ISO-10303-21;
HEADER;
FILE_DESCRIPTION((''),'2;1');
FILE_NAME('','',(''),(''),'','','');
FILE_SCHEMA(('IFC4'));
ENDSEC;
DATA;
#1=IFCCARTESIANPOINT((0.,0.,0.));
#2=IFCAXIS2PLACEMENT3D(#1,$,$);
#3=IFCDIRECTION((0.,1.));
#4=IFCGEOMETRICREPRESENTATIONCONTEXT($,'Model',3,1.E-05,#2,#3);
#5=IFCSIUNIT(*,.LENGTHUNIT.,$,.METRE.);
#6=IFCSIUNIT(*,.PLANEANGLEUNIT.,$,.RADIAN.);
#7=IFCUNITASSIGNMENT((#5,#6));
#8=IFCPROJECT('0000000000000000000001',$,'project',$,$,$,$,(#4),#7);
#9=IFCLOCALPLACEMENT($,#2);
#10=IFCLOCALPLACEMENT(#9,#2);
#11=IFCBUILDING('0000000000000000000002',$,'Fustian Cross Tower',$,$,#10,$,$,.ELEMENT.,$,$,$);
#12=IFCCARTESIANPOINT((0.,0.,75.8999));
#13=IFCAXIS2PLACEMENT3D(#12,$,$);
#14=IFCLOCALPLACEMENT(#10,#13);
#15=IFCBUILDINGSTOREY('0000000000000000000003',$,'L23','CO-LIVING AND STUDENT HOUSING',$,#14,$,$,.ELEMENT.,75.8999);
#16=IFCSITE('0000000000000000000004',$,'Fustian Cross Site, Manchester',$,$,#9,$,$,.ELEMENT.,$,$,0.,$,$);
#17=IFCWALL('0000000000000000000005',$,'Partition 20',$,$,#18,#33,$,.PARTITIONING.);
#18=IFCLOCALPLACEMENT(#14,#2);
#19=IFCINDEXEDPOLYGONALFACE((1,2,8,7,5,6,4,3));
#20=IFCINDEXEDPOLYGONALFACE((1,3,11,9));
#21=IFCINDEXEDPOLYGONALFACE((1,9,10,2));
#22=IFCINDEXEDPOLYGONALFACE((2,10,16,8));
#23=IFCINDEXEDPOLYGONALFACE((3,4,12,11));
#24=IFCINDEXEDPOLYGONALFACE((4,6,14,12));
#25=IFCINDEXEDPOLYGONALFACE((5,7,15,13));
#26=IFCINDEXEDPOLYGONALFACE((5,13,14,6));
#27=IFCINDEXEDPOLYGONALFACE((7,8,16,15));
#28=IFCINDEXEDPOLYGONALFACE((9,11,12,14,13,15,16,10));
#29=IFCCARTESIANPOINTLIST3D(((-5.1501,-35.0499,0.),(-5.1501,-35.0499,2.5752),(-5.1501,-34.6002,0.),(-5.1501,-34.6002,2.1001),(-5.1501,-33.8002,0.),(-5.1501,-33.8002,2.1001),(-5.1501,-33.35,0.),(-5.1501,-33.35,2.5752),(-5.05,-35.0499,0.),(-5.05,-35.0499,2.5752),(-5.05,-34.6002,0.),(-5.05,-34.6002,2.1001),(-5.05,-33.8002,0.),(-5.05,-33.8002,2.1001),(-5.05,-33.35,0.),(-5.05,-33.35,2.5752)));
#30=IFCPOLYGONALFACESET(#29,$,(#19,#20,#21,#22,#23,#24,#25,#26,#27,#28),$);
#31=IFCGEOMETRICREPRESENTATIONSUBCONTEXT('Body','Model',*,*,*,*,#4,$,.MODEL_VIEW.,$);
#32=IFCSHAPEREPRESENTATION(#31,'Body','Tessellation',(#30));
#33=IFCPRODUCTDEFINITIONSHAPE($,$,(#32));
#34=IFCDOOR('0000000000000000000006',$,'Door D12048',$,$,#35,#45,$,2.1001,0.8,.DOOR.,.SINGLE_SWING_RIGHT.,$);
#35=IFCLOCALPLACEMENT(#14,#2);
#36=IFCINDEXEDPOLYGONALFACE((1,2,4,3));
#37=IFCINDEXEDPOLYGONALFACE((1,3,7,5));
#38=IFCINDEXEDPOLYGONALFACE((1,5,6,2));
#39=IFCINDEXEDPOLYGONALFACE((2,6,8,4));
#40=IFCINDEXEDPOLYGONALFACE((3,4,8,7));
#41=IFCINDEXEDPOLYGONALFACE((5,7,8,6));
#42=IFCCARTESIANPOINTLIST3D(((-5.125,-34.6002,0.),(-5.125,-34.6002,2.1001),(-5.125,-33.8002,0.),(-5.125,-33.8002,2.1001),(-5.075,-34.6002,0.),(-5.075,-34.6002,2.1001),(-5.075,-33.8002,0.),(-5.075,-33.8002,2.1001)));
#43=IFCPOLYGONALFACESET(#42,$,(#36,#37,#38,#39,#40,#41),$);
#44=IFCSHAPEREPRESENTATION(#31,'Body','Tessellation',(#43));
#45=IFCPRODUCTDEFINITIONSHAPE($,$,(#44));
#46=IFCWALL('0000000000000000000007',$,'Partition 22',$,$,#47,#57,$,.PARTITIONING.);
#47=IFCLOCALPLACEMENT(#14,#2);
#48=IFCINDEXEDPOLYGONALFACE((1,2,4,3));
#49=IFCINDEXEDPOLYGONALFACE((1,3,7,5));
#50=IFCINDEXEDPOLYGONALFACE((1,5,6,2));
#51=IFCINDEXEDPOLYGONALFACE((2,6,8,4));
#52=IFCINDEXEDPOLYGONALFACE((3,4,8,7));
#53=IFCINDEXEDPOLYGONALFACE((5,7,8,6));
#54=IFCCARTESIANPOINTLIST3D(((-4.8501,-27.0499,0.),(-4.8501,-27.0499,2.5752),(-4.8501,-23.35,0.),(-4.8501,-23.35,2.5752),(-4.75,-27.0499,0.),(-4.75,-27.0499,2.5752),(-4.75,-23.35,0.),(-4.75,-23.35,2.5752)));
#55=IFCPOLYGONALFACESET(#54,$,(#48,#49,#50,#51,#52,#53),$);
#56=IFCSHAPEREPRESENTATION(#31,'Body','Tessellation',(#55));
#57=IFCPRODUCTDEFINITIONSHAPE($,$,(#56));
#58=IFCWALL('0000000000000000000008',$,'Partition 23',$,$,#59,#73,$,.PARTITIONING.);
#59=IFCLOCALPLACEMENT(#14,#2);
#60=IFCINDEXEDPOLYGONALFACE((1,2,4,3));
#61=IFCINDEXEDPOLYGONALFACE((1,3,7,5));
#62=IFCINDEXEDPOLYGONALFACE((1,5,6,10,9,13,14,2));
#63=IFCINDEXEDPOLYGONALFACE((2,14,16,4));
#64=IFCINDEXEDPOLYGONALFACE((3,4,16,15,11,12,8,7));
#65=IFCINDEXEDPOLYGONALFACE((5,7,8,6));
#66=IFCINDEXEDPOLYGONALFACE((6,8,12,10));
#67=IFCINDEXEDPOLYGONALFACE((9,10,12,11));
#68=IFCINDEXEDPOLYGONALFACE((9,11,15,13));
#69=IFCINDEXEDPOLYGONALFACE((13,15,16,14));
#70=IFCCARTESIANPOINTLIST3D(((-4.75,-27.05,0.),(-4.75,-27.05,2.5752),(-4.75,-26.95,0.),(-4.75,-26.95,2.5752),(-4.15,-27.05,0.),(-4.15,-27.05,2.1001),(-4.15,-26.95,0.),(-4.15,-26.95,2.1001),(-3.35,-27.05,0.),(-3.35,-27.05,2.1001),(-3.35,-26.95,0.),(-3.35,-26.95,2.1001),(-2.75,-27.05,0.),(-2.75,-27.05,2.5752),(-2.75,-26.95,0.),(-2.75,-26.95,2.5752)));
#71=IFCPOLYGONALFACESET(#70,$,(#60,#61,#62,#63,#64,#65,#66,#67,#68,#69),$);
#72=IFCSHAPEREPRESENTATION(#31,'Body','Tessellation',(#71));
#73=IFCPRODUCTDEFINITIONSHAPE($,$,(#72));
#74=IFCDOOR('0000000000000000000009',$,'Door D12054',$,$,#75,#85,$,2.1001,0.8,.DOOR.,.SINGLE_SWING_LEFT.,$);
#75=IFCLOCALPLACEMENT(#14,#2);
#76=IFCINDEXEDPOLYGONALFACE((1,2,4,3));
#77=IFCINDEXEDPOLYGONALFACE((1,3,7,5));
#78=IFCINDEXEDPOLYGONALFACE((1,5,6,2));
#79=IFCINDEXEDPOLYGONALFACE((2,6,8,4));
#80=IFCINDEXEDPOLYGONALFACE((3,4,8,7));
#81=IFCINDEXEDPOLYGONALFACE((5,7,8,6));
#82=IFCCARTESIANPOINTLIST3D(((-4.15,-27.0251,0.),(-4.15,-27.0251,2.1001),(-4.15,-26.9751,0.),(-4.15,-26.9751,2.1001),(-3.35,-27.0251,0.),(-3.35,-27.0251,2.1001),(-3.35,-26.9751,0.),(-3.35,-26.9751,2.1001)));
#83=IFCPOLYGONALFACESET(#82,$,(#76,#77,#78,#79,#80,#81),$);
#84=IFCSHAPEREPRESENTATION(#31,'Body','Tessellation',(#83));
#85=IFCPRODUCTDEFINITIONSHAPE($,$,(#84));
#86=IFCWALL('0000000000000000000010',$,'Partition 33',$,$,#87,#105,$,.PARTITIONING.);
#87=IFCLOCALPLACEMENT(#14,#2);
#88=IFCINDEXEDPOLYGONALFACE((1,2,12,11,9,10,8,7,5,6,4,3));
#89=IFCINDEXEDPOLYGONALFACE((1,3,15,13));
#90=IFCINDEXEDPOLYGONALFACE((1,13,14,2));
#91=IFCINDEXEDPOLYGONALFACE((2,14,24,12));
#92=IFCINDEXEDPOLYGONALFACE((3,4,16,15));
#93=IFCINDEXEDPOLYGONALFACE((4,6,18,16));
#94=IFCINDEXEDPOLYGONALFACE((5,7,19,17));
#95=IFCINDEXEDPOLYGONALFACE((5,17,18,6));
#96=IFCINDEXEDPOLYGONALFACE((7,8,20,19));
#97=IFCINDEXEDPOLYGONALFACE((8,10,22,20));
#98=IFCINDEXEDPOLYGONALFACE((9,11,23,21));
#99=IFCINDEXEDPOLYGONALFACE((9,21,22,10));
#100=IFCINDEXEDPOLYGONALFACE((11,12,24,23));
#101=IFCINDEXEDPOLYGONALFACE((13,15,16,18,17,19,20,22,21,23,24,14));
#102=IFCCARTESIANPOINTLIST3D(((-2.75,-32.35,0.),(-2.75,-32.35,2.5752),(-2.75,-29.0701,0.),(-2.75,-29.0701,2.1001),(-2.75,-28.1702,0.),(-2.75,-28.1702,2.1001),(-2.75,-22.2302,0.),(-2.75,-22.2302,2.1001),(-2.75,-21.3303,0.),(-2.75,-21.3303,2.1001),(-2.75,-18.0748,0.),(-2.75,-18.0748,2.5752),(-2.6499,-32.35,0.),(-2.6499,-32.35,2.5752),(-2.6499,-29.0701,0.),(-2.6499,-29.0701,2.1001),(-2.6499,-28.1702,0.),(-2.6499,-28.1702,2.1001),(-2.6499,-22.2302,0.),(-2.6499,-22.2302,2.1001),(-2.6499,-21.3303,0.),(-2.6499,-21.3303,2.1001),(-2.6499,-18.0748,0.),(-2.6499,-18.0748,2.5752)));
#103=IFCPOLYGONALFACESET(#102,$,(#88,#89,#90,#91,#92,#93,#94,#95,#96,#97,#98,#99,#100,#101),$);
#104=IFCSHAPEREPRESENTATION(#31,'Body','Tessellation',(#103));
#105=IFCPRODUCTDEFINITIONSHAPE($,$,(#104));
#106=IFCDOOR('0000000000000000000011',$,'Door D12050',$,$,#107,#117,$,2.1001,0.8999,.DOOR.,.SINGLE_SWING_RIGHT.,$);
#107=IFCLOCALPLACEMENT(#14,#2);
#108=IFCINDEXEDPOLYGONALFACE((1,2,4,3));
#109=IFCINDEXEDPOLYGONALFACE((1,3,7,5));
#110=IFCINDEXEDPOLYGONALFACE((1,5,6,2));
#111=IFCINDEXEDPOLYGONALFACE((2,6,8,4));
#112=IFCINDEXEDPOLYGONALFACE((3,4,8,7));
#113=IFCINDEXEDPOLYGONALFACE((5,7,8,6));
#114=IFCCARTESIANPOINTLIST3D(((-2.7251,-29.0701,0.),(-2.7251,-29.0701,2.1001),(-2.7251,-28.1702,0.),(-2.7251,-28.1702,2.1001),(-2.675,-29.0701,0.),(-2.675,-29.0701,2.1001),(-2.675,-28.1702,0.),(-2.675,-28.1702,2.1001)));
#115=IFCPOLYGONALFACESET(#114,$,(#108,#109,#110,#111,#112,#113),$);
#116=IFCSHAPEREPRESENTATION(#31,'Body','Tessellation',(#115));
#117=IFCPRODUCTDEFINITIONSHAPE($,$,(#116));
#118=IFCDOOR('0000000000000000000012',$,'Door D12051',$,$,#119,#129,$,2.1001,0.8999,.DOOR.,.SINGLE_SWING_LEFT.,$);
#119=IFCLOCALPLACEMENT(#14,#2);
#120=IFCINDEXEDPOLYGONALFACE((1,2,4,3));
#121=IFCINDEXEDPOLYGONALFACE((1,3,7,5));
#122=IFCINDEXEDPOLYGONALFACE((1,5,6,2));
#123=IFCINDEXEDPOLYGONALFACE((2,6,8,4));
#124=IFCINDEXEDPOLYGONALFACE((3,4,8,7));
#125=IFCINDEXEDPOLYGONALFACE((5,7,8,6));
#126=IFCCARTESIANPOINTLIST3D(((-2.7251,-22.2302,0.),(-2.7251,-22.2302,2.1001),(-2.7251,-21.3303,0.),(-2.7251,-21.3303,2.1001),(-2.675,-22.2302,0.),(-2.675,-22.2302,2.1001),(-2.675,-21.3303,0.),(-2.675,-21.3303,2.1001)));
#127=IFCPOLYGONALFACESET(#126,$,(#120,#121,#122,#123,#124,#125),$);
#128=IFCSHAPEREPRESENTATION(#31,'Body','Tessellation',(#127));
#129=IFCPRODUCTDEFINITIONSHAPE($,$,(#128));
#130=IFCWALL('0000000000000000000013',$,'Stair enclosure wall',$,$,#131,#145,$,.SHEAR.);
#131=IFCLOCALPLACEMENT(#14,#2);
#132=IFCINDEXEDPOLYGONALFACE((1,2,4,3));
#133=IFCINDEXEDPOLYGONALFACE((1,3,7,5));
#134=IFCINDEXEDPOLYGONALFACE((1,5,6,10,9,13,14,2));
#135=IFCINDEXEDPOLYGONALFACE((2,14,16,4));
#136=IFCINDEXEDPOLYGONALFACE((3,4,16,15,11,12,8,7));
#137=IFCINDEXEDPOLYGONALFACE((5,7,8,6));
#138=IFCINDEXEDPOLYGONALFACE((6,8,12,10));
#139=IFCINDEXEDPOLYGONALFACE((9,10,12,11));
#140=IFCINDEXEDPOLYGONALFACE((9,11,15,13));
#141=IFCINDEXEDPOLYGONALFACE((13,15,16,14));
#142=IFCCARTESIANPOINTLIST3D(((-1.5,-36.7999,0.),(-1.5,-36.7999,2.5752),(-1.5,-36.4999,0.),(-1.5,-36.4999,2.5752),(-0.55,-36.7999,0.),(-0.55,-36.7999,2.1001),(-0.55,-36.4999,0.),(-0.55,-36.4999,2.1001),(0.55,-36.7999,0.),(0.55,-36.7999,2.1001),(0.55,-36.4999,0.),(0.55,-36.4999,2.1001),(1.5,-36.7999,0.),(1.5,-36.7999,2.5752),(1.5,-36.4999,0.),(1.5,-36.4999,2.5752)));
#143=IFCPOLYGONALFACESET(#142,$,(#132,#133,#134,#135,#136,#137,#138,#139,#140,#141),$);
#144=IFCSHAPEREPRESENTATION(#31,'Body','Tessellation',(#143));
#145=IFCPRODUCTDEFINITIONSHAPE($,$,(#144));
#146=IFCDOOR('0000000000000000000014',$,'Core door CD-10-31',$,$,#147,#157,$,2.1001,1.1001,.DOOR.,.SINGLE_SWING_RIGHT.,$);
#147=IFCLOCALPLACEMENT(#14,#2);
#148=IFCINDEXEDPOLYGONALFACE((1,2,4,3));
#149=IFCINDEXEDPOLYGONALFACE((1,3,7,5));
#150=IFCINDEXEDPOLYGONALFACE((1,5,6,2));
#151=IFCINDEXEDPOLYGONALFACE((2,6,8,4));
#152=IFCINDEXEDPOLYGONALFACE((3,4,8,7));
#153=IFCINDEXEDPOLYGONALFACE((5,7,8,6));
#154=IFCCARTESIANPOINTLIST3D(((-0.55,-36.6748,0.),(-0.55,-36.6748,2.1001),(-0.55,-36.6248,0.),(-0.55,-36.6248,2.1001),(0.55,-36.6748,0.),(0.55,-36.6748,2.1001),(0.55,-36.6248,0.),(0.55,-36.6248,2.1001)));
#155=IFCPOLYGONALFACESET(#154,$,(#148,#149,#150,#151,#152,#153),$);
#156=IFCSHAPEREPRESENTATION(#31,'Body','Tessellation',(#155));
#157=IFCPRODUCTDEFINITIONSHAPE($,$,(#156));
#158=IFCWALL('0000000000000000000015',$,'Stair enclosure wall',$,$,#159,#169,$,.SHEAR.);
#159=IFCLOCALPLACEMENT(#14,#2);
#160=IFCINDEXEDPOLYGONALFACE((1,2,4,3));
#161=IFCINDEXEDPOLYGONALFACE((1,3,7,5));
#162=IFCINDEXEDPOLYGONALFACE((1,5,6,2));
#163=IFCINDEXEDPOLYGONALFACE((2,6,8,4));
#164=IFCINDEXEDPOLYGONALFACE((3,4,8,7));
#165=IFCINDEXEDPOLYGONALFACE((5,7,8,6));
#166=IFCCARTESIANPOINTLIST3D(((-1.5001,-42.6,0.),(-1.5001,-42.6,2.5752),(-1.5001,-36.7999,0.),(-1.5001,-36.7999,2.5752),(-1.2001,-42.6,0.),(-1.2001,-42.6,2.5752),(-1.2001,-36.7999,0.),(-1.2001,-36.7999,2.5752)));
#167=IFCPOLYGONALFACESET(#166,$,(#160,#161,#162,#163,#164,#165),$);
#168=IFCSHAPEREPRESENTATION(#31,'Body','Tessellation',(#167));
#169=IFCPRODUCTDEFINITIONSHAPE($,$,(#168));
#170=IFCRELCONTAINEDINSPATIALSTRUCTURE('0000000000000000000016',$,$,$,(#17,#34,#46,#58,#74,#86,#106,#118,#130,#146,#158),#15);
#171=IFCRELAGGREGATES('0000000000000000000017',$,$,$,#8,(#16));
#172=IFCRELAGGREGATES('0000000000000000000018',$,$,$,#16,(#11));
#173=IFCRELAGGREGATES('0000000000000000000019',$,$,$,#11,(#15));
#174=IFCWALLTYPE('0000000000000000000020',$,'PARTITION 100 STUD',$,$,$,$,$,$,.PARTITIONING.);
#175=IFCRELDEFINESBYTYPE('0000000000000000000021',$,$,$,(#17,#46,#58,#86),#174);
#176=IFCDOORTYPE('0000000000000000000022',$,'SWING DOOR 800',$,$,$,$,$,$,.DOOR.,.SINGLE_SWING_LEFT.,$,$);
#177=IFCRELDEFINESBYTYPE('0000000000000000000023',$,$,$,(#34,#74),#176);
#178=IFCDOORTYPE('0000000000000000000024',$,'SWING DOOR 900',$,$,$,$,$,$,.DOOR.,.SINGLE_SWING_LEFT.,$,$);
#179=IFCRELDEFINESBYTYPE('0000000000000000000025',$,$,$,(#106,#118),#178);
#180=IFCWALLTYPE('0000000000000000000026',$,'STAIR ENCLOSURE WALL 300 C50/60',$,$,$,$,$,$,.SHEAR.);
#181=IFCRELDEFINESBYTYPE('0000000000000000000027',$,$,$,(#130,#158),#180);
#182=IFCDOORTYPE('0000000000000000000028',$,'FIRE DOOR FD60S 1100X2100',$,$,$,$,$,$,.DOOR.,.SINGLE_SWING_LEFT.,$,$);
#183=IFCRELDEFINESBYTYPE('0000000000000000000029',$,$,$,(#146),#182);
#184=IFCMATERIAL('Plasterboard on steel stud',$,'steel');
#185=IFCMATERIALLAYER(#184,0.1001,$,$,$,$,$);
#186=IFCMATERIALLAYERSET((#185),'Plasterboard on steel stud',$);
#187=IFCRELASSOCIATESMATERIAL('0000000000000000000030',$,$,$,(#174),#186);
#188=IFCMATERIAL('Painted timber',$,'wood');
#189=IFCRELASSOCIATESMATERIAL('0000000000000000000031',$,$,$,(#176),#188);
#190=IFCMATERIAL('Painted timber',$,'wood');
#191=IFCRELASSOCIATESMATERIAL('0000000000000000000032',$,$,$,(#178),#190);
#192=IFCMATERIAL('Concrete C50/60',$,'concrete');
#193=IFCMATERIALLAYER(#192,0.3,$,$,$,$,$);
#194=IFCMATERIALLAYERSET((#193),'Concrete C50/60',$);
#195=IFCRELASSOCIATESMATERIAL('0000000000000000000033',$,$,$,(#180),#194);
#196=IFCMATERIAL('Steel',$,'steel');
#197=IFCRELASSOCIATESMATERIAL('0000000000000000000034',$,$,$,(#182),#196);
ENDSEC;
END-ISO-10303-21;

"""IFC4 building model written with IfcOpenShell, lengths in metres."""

from ifc_helpers import new_model, si_unit, direction, frame, frame_2d, origin, place, context, subcontext, project, spatial, rectangle, extrude, material, layer, layer_set, type_object, element, fill, save


model = new_model("IFC4")

# Units and contexts
model_context = context("Model", 3, precision=1e-05, world=origin(), true_north=direction((0.0, 1.0)))
body_context = subcontext(model_context, "Body", "Model", "MODEL_VIEW")
ifc_project = project(units=[si_unit("LENGTHUNIT", "METRE"), si_unit("PLANEANGLEUNIT", "RADIAN")], contexts=[model_context])

# Site, building, storey
site_placement = place(None, origin())
site = spatial("IfcSite", under=ifc_project, at=site_placement, Name="Fustian Cross Site, Manchester", CompositionType="ELEMENT", RefElevation=0.0)
building_placement = place(site_placement, origin())
building = spatial("IfcBuilding", under=site, at=building_placement, Name="Fustian Cross Tower", CompositionType="ELEMENT")
storey_placement = place(building_placement, frame((0.0, 0.0, 75.8999)))
storey = spatial("IfcBuildingStorey", under=building, at=storey_placement, Name="L23", Description="CO-LIVING AND STUDENT HOUSING", CompositionType="ELEMENT", Elevation=75.8999)

# Shared definitions
ifc_material_1 = material(Name="Plasterboard on steel stud", Category="steel")
ifc_layer_1 = layer(ifc_material_1, 0.1001)
ifc_layer_set_1 = layer_set([ifc_layer_1], Name="Plasterboard on steel stud")
wall_type_1 = type_object("IfcWallType", Name="PARTITION 100 STUD", PredefinedType="PARTITIONING", material=ifc_layer_set_1)

# Wall, opening, door
wall_1_placement = place(storey_placement, frame((-5.1001, -35.05, 0.0), z_axis=(0.0, 0.0, 1.0), x_axis=(0.0, 1.0, 0.0)))
wall_1 = element("IfcWall", 1, at=wall_1_placement, inside=storey, type_object=wall_type_1, Name="Partition 20", PredefinedType="PARTITIONING", context=body_context, shape_type="SweptSolid", body=[
    extrude(rectangle(XDim=1.7, YDim=0.1001, at=frame_2d((0.8501, 0.0))), origin(), (0.0, 0.0, 1.0), 2.5752),
])
opening_1_placement = place(wall_1_placement, frame((0.45, 0.0, 0.0)))
opening_1 = element("IfcOpeningElement", 2, at=opening_1_placement, cuts=wall_1, PredefinedType="OPENING", context=body_context, shape_type="SweptSolid", body=[
    extrude(rectangle(XDim=0.8, YDim=2.1001, at=frame_2d((0.3999, 1.05))), frame((0.0, 0.0601, 0.0), z_axis=(0.0, -1.0, 0.0), x_axis=(1.0, 0.0, 0.0)), (0.0, 0.0, 1.0), 0.1201),
])
ifc_material_2 = material(Name="Painted timber", Category="wood")
door_type_1 = type_object("IfcDoorType", Name="SWING DOOR 800", OperationType="SINGLE_SWING_LEFT", PredefinedType="DOOR", material=ifc_material_2)
door_1_placement = place(opening_1_placement, origin())
door_1 = element("IfcDoor", 3, at=door_1_placement, inside=storey, type_object=door_type_1, Name="Door D12048", OperationType="SINGLE_SWING_RIGHT", OverallHeight=2.1001, OverallWidth=0.8, PredefinedType="DOOR", context=body_context, shape_type="SweptSolid", body=[
    extrude(rectangle(XDim=0.8, YDim=2.1001, at=frame_2d((0.3999, 1.05))), frame((0.0, 0.0249, 0.0), z_axis=(0.0, -1.0, 0.0), x_axis=(1.0, 0.0, 0.0)), (0.0, 0.0, 1.0), 0.05),
])
fill(opening_1, door_1)

# Wall
wall_2_placement = place(storey_placement, frame((-4.8, -27.05, 0.0), z_axis=(0.0, 0.0, 1.0), x_axis=(0.0, 1.0, 0.0)))
element("IfcWall", 4, at=wall_2_placement, inside=storey, type_object=wall_type_1, Name="Partition 22", PredefinedType="PARTITIONING", context=body_context, shape_type="SweptSolid", body=[
    extrude(rectangle(XDim=3.7, YDim=0.1001, at=frame_2d((1.8501, 0.0))), origin(), (0.0, 0.0, 1.0), 2.5752),
])

# Wall, opening, door
wall_3_placement = place(storey_placement, frame((-4.75, -27.0, 0.0), z_axis=(0.0, 0.0, 1.0), x_axis=(1.0, 0.0, 0.0)))
wall_3 = element("IfcWall", 5, at=wall_3_placement, inside=storey, type_object=wall_type_1, Name="Partition 23", PredefinedType="PARTITIONING", context=body_context, shape_type="SweptSolid", body=[
    extrude(rectangle(XDim=2.0, YDim=0.1001, at=frame_2d((1.0, 0.0))), origin(), (0.0, 0.0, 1.0), 2.5752),
])
opening_2_placement = place(wall_3_placement, frame((0.6001, 0.0, 0.0)))
opening_2 = element("IfcOpeningElement", 6, at=opening_2_placement, cuts=wall_3, PredefinedType="OPENING", context=body_context, shape_type="SweptSolid", body=[
    extrude(rectangle(XDim=0.8, YDim=2.1001, at=frame_2d((0.3999, 1.05))), frame((0.0, 0.0601, 0.0), z_axis=(0.0, -1.0, 0.0), x_axis=(1.0, 0.0, 0.0)), (0.0, 0.0, 1.0), 0.1201),
])
door_2_placement = place(opening_2_placement, origin())
door_2 = element("IfcDoor", 7, at=door_2_placement, inside=storey, type_object=door_type_1, Name="Door D12054", OperationType="SINGLE_SWING_LEFT", OverallHeight=2.1001, OverallWidth=0.8, PredefinedType="DOOR", context=body_context, shape_type="SweptSolid", body=[
    extrude(rectangle(XDim=0.8, YDim=2.1001, at=frame_2d((0.3999, 1.05))), frame((0.0, 0.0249, 0.0), z_axis=(0.0, -1.0, 0.0), x_axis=(1.0, 0.0, 0.0)), (0.0, 0.0, 1.0), 0.05),
])
fill(opening_2, door_2)

# Wall, openings, doors
wall_4_placement = place(storey_placement, frame((-2.7, -32.3501, 0.0), z_axis=(0.0, 0.0, 1.0), x_axis=(0.0, 1.0, 0.0)))
wall_4 = element("IfcWall", 8, at=wall_4_placement, inside=storey, type_object=wall_type_1, Name="Partition 33", PredefinedType="PARTITIONING", context=body_context, shape_type="SweptSolid", body=[
    extrude(rectangle(XDim=14.2751, YDim=0.1001, at=frame_2d((7.1377, 0.0))), origin(), (0.0, 0.0, 1.0), 2.5752),
])
opening_3_placement = place(wall_4_placement, frame((3.28, 0.0, 0.0)))
opening_3 = element("IfcOpeningElement", 9, at=opening_3_placement, cuts=wall_4, PredefinedType="OPENING", context=body_context, shape_type="SweptSolid", body=[
    extrude(rectangle(XDim=0.8999, YDim=2.1001, at=frame_2d((0.45, 1.05))), frame((0.0, 0.0601, 0.0), z_axis=(0.0, -1.0, 0.0), x_axis=(1.0, 0.0, 0.0)), (0.0, 0.0, 1.0), 0.1201),
])
opening_4_placement = place(wall_4_placement, frame((10.1199, 0.0, 0.0)))
opening_4 = element("IfcOpeningElement", 10, at=opening_4_placement, cuts=wall_4, PredefinedType="OPENING", context=body_context, shape_type="SweptSolid", body=[
    extrude(rectangle(XDim=0.8999, YDim=2.1001, at=frame_2d((0.45, 1.05))), frame((0.0, 0.0601, 0.0), z_axis=(0.0, -1.0, 0.0), x_axis=(1.0, 0.0, 0.0)), (0.0, 0.0, 1.0), 0.1201),
])
ifc_material_3 = material(Name="Painted timber", Category="wood")
door_type_2 = type_object("IfcDoorType", Name="SWING DOOR 900", OperationType="SINGLE_SWING_LEFT", PredefinedType="DOOR", material=ifc_material_3)
door_3_placement = place(opening_3_placement, frame((0.8999, 0.0, 0.0), z_axis=(0.0, 0.0, 1.0), x_axis=(-1.0, 0.0, 0.0)))
door_3 = element("IfcDoor", 11, at=door_3_placement, inside=storey, type_object=door_type_2, Name="Door D12050", OperationType="SINGLE_SWING_RIGHT", OverallHeight=2.1001, OverallWidth=0.8999, PredefinedType="DOOR", context=body_context, shape_type="SweptSolid", body=[
    extrude(rectangle(XDim=0.8999, YDim=2.1001, at=frame_2d((0.45, 1.05))), frame((0.0, 0.0249, 0.0), z_axis=(0.0, -1.0, 0.0), x_axis=(1.0, 0.0, 0.0)), (0.0, 0.0, 1.0), 0.05),
])
fill(opening_3, door_3)
door_4_placement = place(opening_4_placement, frame((0.8999, 0.0, 0.0), z_axis=(0.0, 0.0, 1.0), x_axis=(-1.0, 0.0, 0.0)))
door_4 = element("IfcDoor", 12, at=door_4_placement, inside=storey, type_object=door_type_2, Name="Door D12051", OperationType="SINGLE_SWING_LEFT", OverallHeight=2.1001, OverallWidth=0.8999, PredefinedType="DOOR", context=body_context, shape_type="SweptSolid", body=[
    extrude(rectangle(XDim=0.8999, YDim=2.1001, at=frame_2d((0.45, 1.05))), frame((0.0, 0.0249, 0.0), z_axis=(0.0, -1.0, 0.0), x_axis=(1.0, 0.0, 0.0)), (0.0, 0.0, 1.0), 0.05),
])
fill(opening_4, door_4)

# Wall, opening, door
ifc_material_4 = material(Name="Concrete C50/60", Category="concrete")
ifc_layer_2 = layer(ifc_material_4, 0.3)
ifc_layer_set_2 = layer_set([ifc_layer_2], Name="Concrete C50/60")
wall_type_2 = type_object("IfcWallType", Name="STAIR ENCLOSURE WALL 300 C50/60", PredefinedType="SHEAR", material=ifc_layer_set_2)
wall_5_placement = place(storey_placement, frame((-1.5, -36.6499, 0.0), z_axis=(0.0, 0.0, 1.0), x_axis=(1.0, 0.0, 0.0)))
wall_5 = element("IfcWall", 13, at=wall_5_placement, inside=storey, type_object=wall_type_2, Name="Stair enclosure wall", PredefinedType="SHEAR", context=body_context, shape_type="SweptSolid", body=[
    extrude(rectangle(XDim=3.0, YDim=0.3, at=frame_2d((1.5, 0.0))), origin(), (0.0, 0.0, 1.0), 2.5752),
])
opening_5_placement = place(wall_5_placement, frame((0.95, 0.0, 0.0)))
opening_5 = element("IfcOpeningElement", 14, at=opening_5_placement, cuts=wall_5, PredefinedType="OPENING", context=body_context, shape_type="SweptSolid", body=[
    extrude(rectangle(XDim=1.1001, YDim=2.1001, at=frame_2d((0.55, 1.05))), frame((0.0, 0.1599, 0.0), z_axis=(0.0, -1.0, 0.0), x_axis=(1.0, 0.0, 0.0)), (0.0, 0.0, 1.0), 0.3201),
])
ifc_material_5 = material(Name="Steel", Category="steel")
door_type_3 = type_object("IfcDoorType", Name="FIRE DOOR FD60S 1100X2100", OperationType="SINGLE_SWING_LEFT", PredefinedType="DOOR", material=ifc_material_5)
door_5_placement = place(opening_5_placement, frame((1.1001, 0.0, 0.0), z_axis=(0.0, 0.0, 1.0), x_axis=(-1.0, 0.0, 0.0)))
door_5 = element("IfcDoor", 15, at=door_5_placement, inside=storey, type_object=door_type_3, Name="Core door CD-10-31", OperationType="SINGLE_SWING_RIGHT", OverallHeight=2.1001, OverallWidth=1.1001, PredefinedType="DOOR", context=body_context, shape_type="SweptSolid", body=[
    extrude(rectangle(XDim=1.1001, YDim=2.1001, at=frame_2d((0.55, 1.05))), frame((0.0, 0.0249, 0.0), z_axis=(0.0, -1.0, 0.0), x_axis=(1.0, 0.0, 0.0)), (0.0, 0.0, 1.0), 0.05),
])
fill(opening_5, door_5)

# Wall
wall_6_placement = place(storey_placement, frame((-1.3501, -36.8, 0.0), z_axis=(0.0, 0.0, 1.0), x_axis=(0.0, -1.0, 0.0)))
element("IfcWall", 16, at=wall_6_placement, inside=storey, type_object=wall_type_2, Name="Stair enclosure wall", PredefinedType="SHEAR", context=body_context, shape_type="SweptSolid", body=[
    extrude(rectangle(XDim=5.8, YDim=0.3, at=frame_2d((2.8999, 0.0))), origin(), (0.0, 0.0, 1.0), 2.5752),
])

save(model, "model.ifc")
